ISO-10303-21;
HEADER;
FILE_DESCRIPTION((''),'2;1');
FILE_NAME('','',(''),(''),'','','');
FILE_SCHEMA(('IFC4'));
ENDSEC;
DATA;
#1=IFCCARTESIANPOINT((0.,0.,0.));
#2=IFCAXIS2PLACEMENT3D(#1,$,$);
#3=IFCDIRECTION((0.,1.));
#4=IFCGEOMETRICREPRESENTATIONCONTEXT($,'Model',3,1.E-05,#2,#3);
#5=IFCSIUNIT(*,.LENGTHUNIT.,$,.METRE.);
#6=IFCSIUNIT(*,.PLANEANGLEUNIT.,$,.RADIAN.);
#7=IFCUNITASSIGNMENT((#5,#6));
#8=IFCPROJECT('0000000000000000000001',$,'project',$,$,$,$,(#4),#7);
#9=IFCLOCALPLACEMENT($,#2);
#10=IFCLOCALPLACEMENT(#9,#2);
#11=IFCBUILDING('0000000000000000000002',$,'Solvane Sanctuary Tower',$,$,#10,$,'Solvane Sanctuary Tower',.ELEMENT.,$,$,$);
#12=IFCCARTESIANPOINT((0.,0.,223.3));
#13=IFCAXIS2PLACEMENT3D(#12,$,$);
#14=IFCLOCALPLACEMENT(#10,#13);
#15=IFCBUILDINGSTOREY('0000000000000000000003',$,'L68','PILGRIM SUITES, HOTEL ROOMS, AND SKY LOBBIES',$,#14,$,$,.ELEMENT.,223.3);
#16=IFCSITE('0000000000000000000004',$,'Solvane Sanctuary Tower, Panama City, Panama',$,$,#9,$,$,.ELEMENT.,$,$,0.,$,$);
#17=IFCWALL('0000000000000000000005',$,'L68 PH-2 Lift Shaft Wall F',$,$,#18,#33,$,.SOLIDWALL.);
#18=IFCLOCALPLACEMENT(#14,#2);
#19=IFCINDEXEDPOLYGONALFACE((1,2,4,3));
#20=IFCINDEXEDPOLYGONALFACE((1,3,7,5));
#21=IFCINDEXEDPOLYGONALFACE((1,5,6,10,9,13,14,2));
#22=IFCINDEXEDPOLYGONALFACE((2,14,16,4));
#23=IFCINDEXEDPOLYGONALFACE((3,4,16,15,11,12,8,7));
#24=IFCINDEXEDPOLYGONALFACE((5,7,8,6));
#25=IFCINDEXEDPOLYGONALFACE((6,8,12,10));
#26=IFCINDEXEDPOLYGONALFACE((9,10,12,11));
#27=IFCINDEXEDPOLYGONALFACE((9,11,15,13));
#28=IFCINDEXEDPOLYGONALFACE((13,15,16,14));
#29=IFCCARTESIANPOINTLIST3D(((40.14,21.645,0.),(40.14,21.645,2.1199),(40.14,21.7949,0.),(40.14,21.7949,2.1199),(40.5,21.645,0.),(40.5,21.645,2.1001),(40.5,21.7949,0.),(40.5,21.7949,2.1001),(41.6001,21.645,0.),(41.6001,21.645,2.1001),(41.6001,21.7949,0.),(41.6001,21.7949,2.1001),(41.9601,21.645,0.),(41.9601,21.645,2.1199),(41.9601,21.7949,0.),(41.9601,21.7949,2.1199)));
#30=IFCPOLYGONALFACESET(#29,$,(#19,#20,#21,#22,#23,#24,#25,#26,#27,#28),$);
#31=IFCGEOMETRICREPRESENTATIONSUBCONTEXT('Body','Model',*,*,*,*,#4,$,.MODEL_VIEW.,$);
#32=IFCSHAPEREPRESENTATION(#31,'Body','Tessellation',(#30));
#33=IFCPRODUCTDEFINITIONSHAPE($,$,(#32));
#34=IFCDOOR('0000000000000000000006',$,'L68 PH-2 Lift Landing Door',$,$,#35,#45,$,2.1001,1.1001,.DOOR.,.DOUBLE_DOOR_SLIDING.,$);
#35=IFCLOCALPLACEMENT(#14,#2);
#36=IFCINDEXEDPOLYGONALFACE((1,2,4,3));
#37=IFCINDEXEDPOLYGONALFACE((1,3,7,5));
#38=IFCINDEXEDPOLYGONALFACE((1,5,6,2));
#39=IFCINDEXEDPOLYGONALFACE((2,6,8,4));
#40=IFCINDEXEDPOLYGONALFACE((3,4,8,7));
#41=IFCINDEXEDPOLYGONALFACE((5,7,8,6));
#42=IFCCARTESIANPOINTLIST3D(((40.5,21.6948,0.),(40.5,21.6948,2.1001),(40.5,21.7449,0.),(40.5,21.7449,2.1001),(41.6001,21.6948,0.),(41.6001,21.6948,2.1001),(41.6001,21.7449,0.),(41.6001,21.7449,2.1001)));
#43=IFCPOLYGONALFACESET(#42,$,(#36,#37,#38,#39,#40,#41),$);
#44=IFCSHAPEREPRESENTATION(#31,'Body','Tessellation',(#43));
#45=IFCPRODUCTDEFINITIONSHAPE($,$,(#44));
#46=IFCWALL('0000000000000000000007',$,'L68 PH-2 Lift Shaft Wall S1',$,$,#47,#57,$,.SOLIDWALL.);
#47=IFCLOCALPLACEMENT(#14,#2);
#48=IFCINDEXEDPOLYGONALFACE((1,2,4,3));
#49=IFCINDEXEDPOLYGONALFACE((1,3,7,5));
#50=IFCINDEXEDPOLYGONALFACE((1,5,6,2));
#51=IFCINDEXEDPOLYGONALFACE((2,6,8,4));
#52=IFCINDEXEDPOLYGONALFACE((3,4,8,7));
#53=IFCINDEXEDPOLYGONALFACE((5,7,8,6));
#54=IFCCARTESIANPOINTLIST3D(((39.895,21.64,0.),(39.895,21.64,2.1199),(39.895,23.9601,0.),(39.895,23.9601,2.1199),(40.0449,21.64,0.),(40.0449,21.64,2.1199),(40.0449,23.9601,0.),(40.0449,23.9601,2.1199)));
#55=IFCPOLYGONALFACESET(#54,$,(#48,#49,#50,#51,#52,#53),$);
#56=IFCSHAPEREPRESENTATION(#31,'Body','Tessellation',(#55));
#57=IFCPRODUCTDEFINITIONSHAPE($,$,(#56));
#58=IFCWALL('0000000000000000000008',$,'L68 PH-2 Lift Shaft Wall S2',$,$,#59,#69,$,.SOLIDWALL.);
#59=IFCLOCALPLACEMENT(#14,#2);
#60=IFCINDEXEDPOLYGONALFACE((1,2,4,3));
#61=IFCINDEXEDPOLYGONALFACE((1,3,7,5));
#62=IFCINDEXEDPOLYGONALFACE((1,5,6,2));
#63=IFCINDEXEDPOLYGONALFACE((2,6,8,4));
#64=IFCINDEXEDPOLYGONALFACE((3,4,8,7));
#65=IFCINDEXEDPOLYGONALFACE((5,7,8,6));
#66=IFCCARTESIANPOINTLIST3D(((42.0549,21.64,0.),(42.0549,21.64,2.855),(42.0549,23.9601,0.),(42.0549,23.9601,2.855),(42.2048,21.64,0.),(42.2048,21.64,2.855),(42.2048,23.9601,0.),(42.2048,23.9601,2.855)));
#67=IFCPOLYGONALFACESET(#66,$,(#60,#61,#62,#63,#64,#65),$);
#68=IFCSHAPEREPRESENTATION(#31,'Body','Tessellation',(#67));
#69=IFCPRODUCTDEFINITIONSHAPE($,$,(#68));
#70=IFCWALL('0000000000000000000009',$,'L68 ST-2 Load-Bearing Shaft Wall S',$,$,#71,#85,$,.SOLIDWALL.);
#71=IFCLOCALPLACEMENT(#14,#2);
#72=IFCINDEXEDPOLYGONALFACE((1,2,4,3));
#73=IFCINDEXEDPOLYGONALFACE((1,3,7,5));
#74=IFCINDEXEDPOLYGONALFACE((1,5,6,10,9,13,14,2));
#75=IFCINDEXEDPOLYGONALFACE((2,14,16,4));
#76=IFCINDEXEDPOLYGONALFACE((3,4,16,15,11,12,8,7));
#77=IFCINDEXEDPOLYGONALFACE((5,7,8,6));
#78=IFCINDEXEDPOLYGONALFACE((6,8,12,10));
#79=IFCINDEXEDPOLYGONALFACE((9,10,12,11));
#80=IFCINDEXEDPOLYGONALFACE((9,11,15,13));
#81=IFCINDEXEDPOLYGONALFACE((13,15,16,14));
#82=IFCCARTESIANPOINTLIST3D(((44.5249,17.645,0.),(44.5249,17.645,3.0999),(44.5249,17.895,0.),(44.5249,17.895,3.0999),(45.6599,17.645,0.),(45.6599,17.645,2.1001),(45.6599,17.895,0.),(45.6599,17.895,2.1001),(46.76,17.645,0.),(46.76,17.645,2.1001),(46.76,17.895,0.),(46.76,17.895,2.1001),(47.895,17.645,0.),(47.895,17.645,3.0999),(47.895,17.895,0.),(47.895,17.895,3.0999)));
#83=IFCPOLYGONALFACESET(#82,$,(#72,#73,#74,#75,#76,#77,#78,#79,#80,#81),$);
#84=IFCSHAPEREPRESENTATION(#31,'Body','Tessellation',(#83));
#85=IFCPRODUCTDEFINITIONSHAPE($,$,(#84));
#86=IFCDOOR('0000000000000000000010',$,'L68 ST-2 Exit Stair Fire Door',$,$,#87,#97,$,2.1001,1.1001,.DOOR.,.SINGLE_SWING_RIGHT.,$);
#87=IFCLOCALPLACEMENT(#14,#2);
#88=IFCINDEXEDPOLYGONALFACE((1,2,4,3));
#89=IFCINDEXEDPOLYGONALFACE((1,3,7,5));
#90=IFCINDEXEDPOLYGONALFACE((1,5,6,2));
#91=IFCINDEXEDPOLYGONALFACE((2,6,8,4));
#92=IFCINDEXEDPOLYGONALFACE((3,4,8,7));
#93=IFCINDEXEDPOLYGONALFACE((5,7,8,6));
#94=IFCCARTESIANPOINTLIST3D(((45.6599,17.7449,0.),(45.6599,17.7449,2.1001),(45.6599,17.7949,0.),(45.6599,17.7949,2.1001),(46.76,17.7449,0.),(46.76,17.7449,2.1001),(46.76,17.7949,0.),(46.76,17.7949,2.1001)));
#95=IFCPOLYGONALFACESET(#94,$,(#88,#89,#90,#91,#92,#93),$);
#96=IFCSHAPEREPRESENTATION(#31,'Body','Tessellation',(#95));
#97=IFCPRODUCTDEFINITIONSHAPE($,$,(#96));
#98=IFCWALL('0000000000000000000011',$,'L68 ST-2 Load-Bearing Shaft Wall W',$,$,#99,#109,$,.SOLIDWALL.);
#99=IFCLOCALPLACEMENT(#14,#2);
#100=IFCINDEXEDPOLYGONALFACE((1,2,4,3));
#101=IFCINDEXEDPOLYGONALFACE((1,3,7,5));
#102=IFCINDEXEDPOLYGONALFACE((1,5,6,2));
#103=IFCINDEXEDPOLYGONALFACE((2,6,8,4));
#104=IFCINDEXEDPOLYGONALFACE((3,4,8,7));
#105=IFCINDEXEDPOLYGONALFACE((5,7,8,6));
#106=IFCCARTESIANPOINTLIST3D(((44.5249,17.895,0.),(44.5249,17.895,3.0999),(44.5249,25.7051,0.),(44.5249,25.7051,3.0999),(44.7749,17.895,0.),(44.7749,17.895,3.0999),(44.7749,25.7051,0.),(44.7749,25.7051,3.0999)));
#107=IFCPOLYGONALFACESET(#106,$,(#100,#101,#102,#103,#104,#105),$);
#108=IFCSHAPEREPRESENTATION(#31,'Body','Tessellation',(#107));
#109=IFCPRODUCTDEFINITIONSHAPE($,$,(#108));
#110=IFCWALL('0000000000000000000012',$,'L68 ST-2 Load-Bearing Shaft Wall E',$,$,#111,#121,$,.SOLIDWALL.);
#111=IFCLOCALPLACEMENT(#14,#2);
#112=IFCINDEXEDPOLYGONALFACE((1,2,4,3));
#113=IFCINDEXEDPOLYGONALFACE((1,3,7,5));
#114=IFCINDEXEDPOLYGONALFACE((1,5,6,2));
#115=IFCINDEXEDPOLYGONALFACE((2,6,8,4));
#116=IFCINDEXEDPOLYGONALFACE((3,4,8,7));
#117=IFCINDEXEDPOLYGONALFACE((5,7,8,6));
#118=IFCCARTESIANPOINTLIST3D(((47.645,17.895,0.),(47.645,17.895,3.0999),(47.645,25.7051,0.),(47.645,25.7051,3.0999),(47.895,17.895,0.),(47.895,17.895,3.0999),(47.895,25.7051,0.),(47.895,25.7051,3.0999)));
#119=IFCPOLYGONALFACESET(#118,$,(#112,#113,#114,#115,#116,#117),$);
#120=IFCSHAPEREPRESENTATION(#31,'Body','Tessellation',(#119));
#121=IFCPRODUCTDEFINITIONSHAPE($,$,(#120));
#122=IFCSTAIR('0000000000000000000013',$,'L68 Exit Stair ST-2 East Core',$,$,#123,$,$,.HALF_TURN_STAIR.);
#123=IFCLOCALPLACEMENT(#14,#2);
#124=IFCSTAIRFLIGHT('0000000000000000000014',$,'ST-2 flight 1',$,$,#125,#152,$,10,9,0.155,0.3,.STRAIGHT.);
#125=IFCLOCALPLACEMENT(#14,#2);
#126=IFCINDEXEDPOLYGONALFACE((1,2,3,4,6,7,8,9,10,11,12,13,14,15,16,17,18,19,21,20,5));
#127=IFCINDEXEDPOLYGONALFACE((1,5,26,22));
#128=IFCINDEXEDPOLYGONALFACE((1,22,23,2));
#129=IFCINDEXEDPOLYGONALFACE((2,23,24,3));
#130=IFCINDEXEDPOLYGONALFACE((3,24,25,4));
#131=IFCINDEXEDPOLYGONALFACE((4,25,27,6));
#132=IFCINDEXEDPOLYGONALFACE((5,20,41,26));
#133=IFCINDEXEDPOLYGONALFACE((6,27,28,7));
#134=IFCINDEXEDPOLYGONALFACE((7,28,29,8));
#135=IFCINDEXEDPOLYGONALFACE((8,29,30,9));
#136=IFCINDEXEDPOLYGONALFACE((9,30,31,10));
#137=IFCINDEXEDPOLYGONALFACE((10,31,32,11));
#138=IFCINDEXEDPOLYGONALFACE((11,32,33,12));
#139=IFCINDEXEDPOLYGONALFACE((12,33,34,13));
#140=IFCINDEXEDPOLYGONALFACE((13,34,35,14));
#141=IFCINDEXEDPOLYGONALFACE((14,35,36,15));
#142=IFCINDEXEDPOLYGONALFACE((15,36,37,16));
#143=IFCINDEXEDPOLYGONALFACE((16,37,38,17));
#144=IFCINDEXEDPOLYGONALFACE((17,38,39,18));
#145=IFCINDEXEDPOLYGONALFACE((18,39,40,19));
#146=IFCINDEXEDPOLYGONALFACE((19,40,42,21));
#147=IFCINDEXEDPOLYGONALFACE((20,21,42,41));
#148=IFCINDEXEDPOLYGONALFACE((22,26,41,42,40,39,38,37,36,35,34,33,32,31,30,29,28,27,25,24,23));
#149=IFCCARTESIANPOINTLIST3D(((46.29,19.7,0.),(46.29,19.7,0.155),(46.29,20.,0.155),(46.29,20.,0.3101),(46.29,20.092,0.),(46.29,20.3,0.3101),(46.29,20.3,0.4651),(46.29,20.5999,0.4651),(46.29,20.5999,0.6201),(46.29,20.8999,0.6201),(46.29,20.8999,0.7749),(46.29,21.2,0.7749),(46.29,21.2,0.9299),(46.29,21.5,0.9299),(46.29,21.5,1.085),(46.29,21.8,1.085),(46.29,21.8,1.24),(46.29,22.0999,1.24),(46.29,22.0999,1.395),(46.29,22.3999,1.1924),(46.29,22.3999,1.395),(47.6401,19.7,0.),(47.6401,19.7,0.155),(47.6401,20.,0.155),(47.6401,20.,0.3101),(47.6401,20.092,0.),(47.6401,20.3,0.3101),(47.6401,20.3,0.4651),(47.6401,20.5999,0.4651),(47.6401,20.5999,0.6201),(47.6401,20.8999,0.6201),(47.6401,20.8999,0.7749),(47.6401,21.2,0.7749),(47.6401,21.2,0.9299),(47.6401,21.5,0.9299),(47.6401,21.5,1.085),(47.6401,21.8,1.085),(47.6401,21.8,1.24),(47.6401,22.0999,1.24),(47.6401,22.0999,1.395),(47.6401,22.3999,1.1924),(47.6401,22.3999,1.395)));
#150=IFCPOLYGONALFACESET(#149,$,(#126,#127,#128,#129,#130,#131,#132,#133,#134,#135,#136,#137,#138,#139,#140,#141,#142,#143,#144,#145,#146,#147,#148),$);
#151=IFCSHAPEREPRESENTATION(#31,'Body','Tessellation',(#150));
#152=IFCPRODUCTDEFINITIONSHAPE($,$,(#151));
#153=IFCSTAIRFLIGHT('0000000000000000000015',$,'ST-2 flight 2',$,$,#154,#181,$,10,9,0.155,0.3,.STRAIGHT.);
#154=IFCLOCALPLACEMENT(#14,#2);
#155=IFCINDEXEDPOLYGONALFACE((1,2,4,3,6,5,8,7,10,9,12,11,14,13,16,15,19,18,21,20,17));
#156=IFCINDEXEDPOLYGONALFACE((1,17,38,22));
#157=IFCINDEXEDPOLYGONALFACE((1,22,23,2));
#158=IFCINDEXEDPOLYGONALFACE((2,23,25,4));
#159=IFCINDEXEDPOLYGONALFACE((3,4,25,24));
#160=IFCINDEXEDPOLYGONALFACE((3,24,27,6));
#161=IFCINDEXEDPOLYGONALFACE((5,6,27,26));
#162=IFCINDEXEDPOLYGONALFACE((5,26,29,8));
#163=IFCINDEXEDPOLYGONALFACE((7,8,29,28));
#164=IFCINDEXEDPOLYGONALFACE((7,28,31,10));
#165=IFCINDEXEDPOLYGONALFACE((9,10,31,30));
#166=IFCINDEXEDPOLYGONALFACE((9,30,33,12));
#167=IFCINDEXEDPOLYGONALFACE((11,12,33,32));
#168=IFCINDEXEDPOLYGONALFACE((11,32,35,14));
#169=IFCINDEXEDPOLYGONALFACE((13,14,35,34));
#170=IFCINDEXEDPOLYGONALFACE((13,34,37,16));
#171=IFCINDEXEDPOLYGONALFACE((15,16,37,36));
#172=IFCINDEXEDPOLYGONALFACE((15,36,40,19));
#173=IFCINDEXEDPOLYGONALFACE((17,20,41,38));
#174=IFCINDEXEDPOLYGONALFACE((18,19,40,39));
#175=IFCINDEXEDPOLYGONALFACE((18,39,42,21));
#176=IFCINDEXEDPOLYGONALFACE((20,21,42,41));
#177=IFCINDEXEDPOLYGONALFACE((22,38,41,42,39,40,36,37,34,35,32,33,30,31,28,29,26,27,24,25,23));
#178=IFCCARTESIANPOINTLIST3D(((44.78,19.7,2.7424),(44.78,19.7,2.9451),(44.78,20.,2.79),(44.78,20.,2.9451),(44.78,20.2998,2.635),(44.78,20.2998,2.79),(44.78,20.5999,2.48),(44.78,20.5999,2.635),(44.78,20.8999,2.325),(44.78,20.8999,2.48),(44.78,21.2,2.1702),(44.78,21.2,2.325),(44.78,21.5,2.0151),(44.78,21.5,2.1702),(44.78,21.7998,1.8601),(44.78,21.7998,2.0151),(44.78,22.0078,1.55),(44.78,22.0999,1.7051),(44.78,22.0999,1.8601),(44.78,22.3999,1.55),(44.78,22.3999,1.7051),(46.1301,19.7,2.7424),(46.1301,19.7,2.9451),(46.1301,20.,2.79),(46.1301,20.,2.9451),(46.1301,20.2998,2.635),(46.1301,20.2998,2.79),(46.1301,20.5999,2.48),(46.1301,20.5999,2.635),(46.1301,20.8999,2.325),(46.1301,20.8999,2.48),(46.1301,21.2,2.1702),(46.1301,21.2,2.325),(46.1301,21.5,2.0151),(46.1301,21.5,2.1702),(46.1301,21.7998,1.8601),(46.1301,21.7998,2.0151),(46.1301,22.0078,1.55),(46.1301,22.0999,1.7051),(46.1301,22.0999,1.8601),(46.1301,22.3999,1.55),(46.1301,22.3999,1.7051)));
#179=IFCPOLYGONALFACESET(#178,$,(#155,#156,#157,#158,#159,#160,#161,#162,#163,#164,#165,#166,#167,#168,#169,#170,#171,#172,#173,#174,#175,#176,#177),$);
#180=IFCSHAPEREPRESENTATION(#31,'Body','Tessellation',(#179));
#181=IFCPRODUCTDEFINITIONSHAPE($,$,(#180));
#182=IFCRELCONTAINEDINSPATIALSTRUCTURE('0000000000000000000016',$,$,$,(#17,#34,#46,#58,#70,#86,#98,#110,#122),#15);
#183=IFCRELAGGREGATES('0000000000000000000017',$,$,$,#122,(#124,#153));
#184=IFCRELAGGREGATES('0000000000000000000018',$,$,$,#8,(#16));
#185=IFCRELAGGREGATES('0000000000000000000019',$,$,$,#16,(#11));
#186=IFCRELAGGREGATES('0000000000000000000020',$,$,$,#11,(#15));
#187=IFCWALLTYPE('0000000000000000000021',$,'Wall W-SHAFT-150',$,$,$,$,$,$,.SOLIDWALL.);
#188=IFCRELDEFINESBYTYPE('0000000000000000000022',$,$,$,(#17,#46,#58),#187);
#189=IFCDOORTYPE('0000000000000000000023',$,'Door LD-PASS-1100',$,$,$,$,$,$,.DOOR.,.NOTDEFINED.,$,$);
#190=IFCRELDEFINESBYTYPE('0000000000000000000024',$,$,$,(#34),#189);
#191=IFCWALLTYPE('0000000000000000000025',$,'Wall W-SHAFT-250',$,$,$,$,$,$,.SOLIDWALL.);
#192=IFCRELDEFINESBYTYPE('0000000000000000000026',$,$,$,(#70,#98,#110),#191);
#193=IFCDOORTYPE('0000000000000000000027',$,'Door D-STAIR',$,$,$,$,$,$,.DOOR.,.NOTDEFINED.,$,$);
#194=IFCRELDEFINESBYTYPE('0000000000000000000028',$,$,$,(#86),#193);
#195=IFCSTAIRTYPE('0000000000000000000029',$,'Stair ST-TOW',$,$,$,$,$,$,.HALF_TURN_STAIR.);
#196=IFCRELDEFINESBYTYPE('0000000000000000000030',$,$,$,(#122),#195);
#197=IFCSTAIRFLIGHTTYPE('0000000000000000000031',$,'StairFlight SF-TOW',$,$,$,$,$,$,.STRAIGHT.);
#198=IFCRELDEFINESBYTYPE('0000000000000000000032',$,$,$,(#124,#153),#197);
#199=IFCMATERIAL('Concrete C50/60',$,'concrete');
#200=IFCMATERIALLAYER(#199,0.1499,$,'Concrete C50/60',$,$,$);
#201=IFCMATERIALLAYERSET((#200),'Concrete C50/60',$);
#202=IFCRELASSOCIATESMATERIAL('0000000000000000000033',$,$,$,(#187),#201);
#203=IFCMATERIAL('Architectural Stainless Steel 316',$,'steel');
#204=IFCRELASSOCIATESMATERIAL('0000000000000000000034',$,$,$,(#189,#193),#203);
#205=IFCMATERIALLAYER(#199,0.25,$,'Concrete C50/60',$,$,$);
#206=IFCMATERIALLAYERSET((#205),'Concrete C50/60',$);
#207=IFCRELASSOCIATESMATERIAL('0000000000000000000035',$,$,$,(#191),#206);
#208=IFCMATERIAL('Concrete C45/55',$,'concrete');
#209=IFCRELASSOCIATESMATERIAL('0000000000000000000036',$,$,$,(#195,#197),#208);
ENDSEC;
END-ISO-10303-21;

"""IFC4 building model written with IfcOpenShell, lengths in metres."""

from ifc_helpers import new_model, si_unit, direction, frame, frame_2d, origin, place, context, subcontext, project, spatial, polyline, rectangle, outline, extrude, material, layer, layer_set, type_object, element, fill, aggregate, save


model = new_model("IFC4")

# Units and contexts
model_context = context("Model", 3, precision=1e-05, world=origin(), true_north=direction((0.0, 1.0)))
body_context = subcontext(model_context, "Body", "Model", "MODEL_VIEW")
ifc_project = project(units=[si_unit("LENGTHUNIT", "METRE"), si_unit("PLANEANGLEUNIT", "RADIAN")], contexts=[model_context])

# Site, building, storey
site_placement = place(None, origin())
site = spatial("IfcSite", under=ifc_project, at=site_placement, Name="Solvane Sanctuary Tower, Panama City, Panama", CompositionType="ELEMENT", RefElevation=0.0)
building_placement = place(site_placement, origin())
building = spatial("IfcBuilding", under=site, at=building_placement, Name="Solvane Sanctuary Tower", LongName="Solvane Sanctuary Tower", CompositionType="ELEMENT")
storey_placement = place(building_placement, frame((0.0, 0.0, 223.3)))
storey = spatial("IfcBuildingStorey", under=building, at=storey_placement, Name="L68", Description="PILGRIM SUITES, HOTEL ROOMS, AND SKY LOBBIES", CompositionType="ELEMENT", Elevation=223.3)

# Wall, opening, door
ifc_material_1 = material(Name="Architectural Stainless Steel 316", Category="steel")
ifc_material_2 = material(Name="Concrete C50/60", Category="concrete")
ifc_layer_1 = layer(ifc_material_2, 0.1499, Name="Concrete C50/60")
ifc_layer_set_1 = layer_set([ifc_layer_1], Name="Concrete C50/60")
wall_type_1 = type_object("IfcWallType", Name="Wall W-SHAFT-150", PredefinedType="SOLIDWALL", material=ifc_layer_set_1)
wall_1_placement = place(storey_placement, frame((40.1399, 21.72, 0.0), z_axis=(0.0, 0.0, 1.0), x_axis=(1.0, 0.0, 0.0)))
wall_1 = element("IfcWall", 1, at=wall_1_placement, inside=storey, type_object=wall_type_1, Name="L68 PH-2 Lift Shaft Wall F", PredefinedType="SOLIDWALL", context=body_context, shape_type="SweptSolid", body=[
    extrude(rectangle(XDim=1.8201, YDim=0.1499, at=frame_2d((0.9102, 0.0))), origin(), (0.0, 0.0, 1.0), 2.1199),
])
opening_1_placement = place(wall_1_placement, frame((0.3601, 0.0, 0.0)))
opening_1 = element("IfcOpeningElement", 2, at=opening_1_placement, cuts=wall_1, PredefinedType="OPENING", context=body_context, shape_type="SweptSolid", body=[
    extrude(rectangle(XDim=1.1001, YDim=2.1001, at=frame_2d((0.55, 1.05))), frame((0.0, 0.085, 0.0), z_axis=(0.0, -1.0, 0.0), x_axis=(1.0, 0.0, 0.0)), (0.0, 0.0, 1.0), 0.1699),
])
door_type_1 = type_object("IfcDoorType", Name="Door LD-PASS-1100", OperationType="NOTDEFINED", PredefinedType="DOOR", material=ifc_material_1)
door_1_placement = place(opening_1_placement, origin())
door_1 = element("IfcDoor", 3, at=door_1_placement, inside=storey, type_object=door_type_1, Name="L68 PH-2 Lift Landing Door", OperationType="DOUBLE_DOOR_SLIDING", OverallHeight=2.1001, OverallWidth=1.1001, PredefinedType="DOOR", context=body_context, shape_type="SweptSolid", body=[
    extrude(rectangle(XDim=1.1001, YDim=2.1001, at=frame_2d((0.55, 1.05))), frame((0.0, 0.0249, 0.0), z_axis=(0.0, -1.0, 0.0), x_axis=(1.0, 0.0, 0.0)), (0.0, 0.0, 1.0), 0.05),
])
fill(opening_1, door_1)

# Walls
wall_2_placement = place(storey_placement, frame((39.97, 21.6399, 0.0), z_axis=(0.0, 0.0, 1.0), x_axis=(0.0, 1.0, 0.0)))
element("IfcWall", 4, at=wall_2_placement, inside=storey, type_object=wall_type_1, Name="L68 PH-2 Lift Shaft Wall S1", PredefinedType="SOLIDWALL", context=body_context, shape_type="SweptSolid", body=[
    extrude(rectangle(XDim=2.3201, YDim=0.1499, at=frame_2d((1.1602, 0.0))), origin(), (0.0, 0.0, 1.0), 2.1199),
])
wall_3_placement = place(storey_placement, frame((42.1299, 21.6399, 0.0), z_axis=(0.0, 0.0, 1.0), x_axis=(0.0, 1.0, 0.0)))
element("IfcWall", 5, at=wall_3_placement, inside=storey, type_object=wall_type_1, Name="L68 PH-2 Lift Shaft Wall S2", PredefinedType="SOLIDWALL", context=body_context, shape_type="SweptSolid", body=[
    extrude(rectangle(XDim=2.3201, YDim=0.1499, at=frame_2d((1.1602, 0.0))), origin(), (0.0, 0.0, 1.0), 2.855),
])

# Wall, opening, door
ifc_layer_2 = layer(ifc_material_2, 0.25, Name="Concrete C50/60")
ifc_layer_set_2 = layer_set([ifc_layer_2], Name="Concrete C50/60")
wall_type_2 = type_object("IfcWallType", Name="Wall W-SHAFT-250", PredefinedType="SOLIDWALL", material=ifc_layer_set_2)
wall_4_placement = place(storey_placement, frame((44.5249, 17.77, 0.0), z_axis=(0.0, 0.0, 1.0), x_axis=(1.0, 0.0, 0.0)))
wall_4 = element("IfcWall", 6, at=wall_4_placement, inside=storey, type_object=wall_type_2, Name="L68 ST-2 Load-Bearing Shaft Wall S", PredefinedType="SOLIDWALL", context=body_context, shape_type="SweptSolid", body=[
    extrude(rectangle(XDim=3.3701, YDim=0.25, at=frame_2d((1.6851, 0.0))), origin(), (0.0, 0.0, 1.0), 3.0999),
])
opening_2_placement = place(wall_4_placement, frame((1.135, 0.0, 0.0)))
opening_2 = element("IfcOpeningElement", 7, at=opening_2_placement, cuts=wall_4, PredefinedType="OPENING", context=body_context, shape_type="SweptSolid", body=[
    extrude(rectangle(XDim=1.1001, YDim=2.1001, at=frame_2d((0.55, 1.05))), frame((0.0, 0.135, 0.0), z_axis=(0.0, -1.0, 0.0), x_axis=(1.0, 0.0, 0.0)), (0.0, 0.0, 1.0), 0.27),
])
door_type_2 = type_object("IfcDoorType", Name="Door D-STAIR", OperationType="NOTDEFINED", PredefinedType="DOOR", material=ifc_material_1)
door_2_placement = place(opening_2_placement, origin())
door_2 = element("IfcDoor", 8, at=door_2_placement, inside=storey, type_object=door_type_2, Name="L68 ST-2 Exit Stair Fire Door", OperationType="SINGLE_SWING_RIGHT", OverallHeight=2.1001, OverallWidth=1.1001, PredefinedType="DOOR", context=body_context, shape_type="SweptSolid", body=[
    extrude(rectangle(XDim=1.1001, YDim=2.1001, at=frame_2d((0.55, 1.05))), frame((0.0, 0.0249, 0.0), z_axis=(0.0, -1.0, 0.0), x_axis=(1.0, 0.0, 0.0)), (0.0, 0.0, 1.0), 0.05),
])
fill(opening_2, door_2)

# Walls
for number, where, z_axis, x_axis, name in (
    (9, (44.6499, 17.895, 0.0), (0.0, 0.0, 1.0), (0.0, 1.0, 0.0), "L68 ST-2 Load-Bearing Shaft Wall W"),
    (10, (47.77, 17.895, 0.0), (0.0, 0.0, 1.0), (0.0, 1.0, 0.0), "L68 ST-2 Load-Bearing Shaft Wall E"),
):
    element("IfcWall", number, at=place(storey_placement, frame(where, z_axis=z_axis, x_axis=x_axis)), inside=storey, type_object=wall_type_2, Name=name, PredefinedType="SOLIDWALL", context=body_context, shape_type="SweptSolid", body=[
        extrude(rectangle(XDim=7.8101, YDim=0.25, at=frame_2d((3.905, 0.0))), origin(), (0.0, 0.0, 1.0), 3.0999),
    ])

# Stair, stair flights
ifc_material_3 = material(Name="Concrete C45/55", Category="concrete")
stair_type = type_object("IfcStairType", Name="Stair ST-TOW", PredefinedType="HALF_TURN_STAIR", material=ifc_material_3)
stair_placement = place(storey_placement, origin())
stair = element("IfcStair", 11, at=stair_placement, inside=storey, type_object=stair_type, Name="L68 Exit Stair ST-2 East Core", PredefinedType="HALF_TURN_STAIR")
stair_flight_type = type_object("IfcStairFlightType", Name="StairFlight SF-TOW", PredefinedType="STRAIGHT", material=ifc_material_3)
stair_flight_1_placement = place(storey_placement, frame((46.9651, 19.7, 0.0), z_axis=(0.0, 0.0, 1.0), x_axis=(0.0, 1.0, 0.0)))
stair_flight_1 = element("IfcStairFlight", 12, at=stair_flight_1_placement, type_object=stair_flight_type, Name="ST-2 flight 1", NumberOfRisers=10, NumberOfTreads=9, PredefinedType="STRAIGHT", RiserHeight=0.155, TreadLength=0.3, context=body_context, shape_type="SweptSolid", body=[
    extrude(outline(polyline([(0.0, 0.0), (0.0, 0.155), (0.3, 0.155), (0.3, 0.3101), (0.6001, 0.3101), (0.6001, 0.4651), (0.8999, 0.4651), (0.8999, 0.6201), (1.2, 0.6201), (1.2, 0.7749), (1.5, 0.7749), (1.5, 0.9299), (1.8, 0.9299), (1.8, 1.085), (2.1001, 1.085), (2.1001, 1.24), (2.3999, 1.24), (2.3999, 1.395), (2.7, 1.395), (2.7, 1.55), (2.7, 1.1924), (0.3921, 0.0), (0.0, 0.0)])), frame((0.0, 0.675, 0.0), z_axis=(0.0, -1.0, 0.0), x_axis=(1.0, 0.0, 0.0)), (0.0, 0.0, 1.0), 1.3501),
])
stair_flight_2_placement = place(storey_placement, frame((45.4551, 22.3999, 1.55), z_axis=(0.0, 0.0, 1.0), x_axis=(0.0, -1.0, 0.0)))
stair_flight_2 = element("IfcStairFlight", 13, at=stair_flight_2_placement, type_object=stair_flight_type, Name="ST-2 flight 2", NumberOfRisers=10, NumberOfTreads=9, PredefinedType="STRAIGHT", RiserHeight=0.155, TreadLength=0.3, context=body_context, shape_type="SweptSolid", body=[
    extrude(outline(polyline([(0.0, 0.0), (0.0, 0.155), (0.3, 0.155), (0.3, 0.3101), (0.6001, 0.3101), (0.6001, 0.4651), (0.8999, 0.4651), (0.8999, 0.6201), (1.2, 0.6201), (1.2, 0.7749), (1.5, 0.7749), (1.5, 0.9299), (1.8, 0.9299), (1.8, 1.085), (2.1001, 1.085), (2.1001, 1.24), (2.3999, 1.24), (2.3999, 1.395), (2.7, 1.395), (2.7, 1.55), (2.7, 1.1924), (0.3921, 0.0), (0.0, 0.0)])), frame((0.0, 0.675, 0.0), z_axis=(0.0, -1.0, 0.0), x_axis=(1.0, 0.0, 0.0)), (0.0, 0.0, 1.0), 1.3501),
])
aggregate(stair, [stair_flight_1, stair_flight_2])

save(model, "model.ifc")
